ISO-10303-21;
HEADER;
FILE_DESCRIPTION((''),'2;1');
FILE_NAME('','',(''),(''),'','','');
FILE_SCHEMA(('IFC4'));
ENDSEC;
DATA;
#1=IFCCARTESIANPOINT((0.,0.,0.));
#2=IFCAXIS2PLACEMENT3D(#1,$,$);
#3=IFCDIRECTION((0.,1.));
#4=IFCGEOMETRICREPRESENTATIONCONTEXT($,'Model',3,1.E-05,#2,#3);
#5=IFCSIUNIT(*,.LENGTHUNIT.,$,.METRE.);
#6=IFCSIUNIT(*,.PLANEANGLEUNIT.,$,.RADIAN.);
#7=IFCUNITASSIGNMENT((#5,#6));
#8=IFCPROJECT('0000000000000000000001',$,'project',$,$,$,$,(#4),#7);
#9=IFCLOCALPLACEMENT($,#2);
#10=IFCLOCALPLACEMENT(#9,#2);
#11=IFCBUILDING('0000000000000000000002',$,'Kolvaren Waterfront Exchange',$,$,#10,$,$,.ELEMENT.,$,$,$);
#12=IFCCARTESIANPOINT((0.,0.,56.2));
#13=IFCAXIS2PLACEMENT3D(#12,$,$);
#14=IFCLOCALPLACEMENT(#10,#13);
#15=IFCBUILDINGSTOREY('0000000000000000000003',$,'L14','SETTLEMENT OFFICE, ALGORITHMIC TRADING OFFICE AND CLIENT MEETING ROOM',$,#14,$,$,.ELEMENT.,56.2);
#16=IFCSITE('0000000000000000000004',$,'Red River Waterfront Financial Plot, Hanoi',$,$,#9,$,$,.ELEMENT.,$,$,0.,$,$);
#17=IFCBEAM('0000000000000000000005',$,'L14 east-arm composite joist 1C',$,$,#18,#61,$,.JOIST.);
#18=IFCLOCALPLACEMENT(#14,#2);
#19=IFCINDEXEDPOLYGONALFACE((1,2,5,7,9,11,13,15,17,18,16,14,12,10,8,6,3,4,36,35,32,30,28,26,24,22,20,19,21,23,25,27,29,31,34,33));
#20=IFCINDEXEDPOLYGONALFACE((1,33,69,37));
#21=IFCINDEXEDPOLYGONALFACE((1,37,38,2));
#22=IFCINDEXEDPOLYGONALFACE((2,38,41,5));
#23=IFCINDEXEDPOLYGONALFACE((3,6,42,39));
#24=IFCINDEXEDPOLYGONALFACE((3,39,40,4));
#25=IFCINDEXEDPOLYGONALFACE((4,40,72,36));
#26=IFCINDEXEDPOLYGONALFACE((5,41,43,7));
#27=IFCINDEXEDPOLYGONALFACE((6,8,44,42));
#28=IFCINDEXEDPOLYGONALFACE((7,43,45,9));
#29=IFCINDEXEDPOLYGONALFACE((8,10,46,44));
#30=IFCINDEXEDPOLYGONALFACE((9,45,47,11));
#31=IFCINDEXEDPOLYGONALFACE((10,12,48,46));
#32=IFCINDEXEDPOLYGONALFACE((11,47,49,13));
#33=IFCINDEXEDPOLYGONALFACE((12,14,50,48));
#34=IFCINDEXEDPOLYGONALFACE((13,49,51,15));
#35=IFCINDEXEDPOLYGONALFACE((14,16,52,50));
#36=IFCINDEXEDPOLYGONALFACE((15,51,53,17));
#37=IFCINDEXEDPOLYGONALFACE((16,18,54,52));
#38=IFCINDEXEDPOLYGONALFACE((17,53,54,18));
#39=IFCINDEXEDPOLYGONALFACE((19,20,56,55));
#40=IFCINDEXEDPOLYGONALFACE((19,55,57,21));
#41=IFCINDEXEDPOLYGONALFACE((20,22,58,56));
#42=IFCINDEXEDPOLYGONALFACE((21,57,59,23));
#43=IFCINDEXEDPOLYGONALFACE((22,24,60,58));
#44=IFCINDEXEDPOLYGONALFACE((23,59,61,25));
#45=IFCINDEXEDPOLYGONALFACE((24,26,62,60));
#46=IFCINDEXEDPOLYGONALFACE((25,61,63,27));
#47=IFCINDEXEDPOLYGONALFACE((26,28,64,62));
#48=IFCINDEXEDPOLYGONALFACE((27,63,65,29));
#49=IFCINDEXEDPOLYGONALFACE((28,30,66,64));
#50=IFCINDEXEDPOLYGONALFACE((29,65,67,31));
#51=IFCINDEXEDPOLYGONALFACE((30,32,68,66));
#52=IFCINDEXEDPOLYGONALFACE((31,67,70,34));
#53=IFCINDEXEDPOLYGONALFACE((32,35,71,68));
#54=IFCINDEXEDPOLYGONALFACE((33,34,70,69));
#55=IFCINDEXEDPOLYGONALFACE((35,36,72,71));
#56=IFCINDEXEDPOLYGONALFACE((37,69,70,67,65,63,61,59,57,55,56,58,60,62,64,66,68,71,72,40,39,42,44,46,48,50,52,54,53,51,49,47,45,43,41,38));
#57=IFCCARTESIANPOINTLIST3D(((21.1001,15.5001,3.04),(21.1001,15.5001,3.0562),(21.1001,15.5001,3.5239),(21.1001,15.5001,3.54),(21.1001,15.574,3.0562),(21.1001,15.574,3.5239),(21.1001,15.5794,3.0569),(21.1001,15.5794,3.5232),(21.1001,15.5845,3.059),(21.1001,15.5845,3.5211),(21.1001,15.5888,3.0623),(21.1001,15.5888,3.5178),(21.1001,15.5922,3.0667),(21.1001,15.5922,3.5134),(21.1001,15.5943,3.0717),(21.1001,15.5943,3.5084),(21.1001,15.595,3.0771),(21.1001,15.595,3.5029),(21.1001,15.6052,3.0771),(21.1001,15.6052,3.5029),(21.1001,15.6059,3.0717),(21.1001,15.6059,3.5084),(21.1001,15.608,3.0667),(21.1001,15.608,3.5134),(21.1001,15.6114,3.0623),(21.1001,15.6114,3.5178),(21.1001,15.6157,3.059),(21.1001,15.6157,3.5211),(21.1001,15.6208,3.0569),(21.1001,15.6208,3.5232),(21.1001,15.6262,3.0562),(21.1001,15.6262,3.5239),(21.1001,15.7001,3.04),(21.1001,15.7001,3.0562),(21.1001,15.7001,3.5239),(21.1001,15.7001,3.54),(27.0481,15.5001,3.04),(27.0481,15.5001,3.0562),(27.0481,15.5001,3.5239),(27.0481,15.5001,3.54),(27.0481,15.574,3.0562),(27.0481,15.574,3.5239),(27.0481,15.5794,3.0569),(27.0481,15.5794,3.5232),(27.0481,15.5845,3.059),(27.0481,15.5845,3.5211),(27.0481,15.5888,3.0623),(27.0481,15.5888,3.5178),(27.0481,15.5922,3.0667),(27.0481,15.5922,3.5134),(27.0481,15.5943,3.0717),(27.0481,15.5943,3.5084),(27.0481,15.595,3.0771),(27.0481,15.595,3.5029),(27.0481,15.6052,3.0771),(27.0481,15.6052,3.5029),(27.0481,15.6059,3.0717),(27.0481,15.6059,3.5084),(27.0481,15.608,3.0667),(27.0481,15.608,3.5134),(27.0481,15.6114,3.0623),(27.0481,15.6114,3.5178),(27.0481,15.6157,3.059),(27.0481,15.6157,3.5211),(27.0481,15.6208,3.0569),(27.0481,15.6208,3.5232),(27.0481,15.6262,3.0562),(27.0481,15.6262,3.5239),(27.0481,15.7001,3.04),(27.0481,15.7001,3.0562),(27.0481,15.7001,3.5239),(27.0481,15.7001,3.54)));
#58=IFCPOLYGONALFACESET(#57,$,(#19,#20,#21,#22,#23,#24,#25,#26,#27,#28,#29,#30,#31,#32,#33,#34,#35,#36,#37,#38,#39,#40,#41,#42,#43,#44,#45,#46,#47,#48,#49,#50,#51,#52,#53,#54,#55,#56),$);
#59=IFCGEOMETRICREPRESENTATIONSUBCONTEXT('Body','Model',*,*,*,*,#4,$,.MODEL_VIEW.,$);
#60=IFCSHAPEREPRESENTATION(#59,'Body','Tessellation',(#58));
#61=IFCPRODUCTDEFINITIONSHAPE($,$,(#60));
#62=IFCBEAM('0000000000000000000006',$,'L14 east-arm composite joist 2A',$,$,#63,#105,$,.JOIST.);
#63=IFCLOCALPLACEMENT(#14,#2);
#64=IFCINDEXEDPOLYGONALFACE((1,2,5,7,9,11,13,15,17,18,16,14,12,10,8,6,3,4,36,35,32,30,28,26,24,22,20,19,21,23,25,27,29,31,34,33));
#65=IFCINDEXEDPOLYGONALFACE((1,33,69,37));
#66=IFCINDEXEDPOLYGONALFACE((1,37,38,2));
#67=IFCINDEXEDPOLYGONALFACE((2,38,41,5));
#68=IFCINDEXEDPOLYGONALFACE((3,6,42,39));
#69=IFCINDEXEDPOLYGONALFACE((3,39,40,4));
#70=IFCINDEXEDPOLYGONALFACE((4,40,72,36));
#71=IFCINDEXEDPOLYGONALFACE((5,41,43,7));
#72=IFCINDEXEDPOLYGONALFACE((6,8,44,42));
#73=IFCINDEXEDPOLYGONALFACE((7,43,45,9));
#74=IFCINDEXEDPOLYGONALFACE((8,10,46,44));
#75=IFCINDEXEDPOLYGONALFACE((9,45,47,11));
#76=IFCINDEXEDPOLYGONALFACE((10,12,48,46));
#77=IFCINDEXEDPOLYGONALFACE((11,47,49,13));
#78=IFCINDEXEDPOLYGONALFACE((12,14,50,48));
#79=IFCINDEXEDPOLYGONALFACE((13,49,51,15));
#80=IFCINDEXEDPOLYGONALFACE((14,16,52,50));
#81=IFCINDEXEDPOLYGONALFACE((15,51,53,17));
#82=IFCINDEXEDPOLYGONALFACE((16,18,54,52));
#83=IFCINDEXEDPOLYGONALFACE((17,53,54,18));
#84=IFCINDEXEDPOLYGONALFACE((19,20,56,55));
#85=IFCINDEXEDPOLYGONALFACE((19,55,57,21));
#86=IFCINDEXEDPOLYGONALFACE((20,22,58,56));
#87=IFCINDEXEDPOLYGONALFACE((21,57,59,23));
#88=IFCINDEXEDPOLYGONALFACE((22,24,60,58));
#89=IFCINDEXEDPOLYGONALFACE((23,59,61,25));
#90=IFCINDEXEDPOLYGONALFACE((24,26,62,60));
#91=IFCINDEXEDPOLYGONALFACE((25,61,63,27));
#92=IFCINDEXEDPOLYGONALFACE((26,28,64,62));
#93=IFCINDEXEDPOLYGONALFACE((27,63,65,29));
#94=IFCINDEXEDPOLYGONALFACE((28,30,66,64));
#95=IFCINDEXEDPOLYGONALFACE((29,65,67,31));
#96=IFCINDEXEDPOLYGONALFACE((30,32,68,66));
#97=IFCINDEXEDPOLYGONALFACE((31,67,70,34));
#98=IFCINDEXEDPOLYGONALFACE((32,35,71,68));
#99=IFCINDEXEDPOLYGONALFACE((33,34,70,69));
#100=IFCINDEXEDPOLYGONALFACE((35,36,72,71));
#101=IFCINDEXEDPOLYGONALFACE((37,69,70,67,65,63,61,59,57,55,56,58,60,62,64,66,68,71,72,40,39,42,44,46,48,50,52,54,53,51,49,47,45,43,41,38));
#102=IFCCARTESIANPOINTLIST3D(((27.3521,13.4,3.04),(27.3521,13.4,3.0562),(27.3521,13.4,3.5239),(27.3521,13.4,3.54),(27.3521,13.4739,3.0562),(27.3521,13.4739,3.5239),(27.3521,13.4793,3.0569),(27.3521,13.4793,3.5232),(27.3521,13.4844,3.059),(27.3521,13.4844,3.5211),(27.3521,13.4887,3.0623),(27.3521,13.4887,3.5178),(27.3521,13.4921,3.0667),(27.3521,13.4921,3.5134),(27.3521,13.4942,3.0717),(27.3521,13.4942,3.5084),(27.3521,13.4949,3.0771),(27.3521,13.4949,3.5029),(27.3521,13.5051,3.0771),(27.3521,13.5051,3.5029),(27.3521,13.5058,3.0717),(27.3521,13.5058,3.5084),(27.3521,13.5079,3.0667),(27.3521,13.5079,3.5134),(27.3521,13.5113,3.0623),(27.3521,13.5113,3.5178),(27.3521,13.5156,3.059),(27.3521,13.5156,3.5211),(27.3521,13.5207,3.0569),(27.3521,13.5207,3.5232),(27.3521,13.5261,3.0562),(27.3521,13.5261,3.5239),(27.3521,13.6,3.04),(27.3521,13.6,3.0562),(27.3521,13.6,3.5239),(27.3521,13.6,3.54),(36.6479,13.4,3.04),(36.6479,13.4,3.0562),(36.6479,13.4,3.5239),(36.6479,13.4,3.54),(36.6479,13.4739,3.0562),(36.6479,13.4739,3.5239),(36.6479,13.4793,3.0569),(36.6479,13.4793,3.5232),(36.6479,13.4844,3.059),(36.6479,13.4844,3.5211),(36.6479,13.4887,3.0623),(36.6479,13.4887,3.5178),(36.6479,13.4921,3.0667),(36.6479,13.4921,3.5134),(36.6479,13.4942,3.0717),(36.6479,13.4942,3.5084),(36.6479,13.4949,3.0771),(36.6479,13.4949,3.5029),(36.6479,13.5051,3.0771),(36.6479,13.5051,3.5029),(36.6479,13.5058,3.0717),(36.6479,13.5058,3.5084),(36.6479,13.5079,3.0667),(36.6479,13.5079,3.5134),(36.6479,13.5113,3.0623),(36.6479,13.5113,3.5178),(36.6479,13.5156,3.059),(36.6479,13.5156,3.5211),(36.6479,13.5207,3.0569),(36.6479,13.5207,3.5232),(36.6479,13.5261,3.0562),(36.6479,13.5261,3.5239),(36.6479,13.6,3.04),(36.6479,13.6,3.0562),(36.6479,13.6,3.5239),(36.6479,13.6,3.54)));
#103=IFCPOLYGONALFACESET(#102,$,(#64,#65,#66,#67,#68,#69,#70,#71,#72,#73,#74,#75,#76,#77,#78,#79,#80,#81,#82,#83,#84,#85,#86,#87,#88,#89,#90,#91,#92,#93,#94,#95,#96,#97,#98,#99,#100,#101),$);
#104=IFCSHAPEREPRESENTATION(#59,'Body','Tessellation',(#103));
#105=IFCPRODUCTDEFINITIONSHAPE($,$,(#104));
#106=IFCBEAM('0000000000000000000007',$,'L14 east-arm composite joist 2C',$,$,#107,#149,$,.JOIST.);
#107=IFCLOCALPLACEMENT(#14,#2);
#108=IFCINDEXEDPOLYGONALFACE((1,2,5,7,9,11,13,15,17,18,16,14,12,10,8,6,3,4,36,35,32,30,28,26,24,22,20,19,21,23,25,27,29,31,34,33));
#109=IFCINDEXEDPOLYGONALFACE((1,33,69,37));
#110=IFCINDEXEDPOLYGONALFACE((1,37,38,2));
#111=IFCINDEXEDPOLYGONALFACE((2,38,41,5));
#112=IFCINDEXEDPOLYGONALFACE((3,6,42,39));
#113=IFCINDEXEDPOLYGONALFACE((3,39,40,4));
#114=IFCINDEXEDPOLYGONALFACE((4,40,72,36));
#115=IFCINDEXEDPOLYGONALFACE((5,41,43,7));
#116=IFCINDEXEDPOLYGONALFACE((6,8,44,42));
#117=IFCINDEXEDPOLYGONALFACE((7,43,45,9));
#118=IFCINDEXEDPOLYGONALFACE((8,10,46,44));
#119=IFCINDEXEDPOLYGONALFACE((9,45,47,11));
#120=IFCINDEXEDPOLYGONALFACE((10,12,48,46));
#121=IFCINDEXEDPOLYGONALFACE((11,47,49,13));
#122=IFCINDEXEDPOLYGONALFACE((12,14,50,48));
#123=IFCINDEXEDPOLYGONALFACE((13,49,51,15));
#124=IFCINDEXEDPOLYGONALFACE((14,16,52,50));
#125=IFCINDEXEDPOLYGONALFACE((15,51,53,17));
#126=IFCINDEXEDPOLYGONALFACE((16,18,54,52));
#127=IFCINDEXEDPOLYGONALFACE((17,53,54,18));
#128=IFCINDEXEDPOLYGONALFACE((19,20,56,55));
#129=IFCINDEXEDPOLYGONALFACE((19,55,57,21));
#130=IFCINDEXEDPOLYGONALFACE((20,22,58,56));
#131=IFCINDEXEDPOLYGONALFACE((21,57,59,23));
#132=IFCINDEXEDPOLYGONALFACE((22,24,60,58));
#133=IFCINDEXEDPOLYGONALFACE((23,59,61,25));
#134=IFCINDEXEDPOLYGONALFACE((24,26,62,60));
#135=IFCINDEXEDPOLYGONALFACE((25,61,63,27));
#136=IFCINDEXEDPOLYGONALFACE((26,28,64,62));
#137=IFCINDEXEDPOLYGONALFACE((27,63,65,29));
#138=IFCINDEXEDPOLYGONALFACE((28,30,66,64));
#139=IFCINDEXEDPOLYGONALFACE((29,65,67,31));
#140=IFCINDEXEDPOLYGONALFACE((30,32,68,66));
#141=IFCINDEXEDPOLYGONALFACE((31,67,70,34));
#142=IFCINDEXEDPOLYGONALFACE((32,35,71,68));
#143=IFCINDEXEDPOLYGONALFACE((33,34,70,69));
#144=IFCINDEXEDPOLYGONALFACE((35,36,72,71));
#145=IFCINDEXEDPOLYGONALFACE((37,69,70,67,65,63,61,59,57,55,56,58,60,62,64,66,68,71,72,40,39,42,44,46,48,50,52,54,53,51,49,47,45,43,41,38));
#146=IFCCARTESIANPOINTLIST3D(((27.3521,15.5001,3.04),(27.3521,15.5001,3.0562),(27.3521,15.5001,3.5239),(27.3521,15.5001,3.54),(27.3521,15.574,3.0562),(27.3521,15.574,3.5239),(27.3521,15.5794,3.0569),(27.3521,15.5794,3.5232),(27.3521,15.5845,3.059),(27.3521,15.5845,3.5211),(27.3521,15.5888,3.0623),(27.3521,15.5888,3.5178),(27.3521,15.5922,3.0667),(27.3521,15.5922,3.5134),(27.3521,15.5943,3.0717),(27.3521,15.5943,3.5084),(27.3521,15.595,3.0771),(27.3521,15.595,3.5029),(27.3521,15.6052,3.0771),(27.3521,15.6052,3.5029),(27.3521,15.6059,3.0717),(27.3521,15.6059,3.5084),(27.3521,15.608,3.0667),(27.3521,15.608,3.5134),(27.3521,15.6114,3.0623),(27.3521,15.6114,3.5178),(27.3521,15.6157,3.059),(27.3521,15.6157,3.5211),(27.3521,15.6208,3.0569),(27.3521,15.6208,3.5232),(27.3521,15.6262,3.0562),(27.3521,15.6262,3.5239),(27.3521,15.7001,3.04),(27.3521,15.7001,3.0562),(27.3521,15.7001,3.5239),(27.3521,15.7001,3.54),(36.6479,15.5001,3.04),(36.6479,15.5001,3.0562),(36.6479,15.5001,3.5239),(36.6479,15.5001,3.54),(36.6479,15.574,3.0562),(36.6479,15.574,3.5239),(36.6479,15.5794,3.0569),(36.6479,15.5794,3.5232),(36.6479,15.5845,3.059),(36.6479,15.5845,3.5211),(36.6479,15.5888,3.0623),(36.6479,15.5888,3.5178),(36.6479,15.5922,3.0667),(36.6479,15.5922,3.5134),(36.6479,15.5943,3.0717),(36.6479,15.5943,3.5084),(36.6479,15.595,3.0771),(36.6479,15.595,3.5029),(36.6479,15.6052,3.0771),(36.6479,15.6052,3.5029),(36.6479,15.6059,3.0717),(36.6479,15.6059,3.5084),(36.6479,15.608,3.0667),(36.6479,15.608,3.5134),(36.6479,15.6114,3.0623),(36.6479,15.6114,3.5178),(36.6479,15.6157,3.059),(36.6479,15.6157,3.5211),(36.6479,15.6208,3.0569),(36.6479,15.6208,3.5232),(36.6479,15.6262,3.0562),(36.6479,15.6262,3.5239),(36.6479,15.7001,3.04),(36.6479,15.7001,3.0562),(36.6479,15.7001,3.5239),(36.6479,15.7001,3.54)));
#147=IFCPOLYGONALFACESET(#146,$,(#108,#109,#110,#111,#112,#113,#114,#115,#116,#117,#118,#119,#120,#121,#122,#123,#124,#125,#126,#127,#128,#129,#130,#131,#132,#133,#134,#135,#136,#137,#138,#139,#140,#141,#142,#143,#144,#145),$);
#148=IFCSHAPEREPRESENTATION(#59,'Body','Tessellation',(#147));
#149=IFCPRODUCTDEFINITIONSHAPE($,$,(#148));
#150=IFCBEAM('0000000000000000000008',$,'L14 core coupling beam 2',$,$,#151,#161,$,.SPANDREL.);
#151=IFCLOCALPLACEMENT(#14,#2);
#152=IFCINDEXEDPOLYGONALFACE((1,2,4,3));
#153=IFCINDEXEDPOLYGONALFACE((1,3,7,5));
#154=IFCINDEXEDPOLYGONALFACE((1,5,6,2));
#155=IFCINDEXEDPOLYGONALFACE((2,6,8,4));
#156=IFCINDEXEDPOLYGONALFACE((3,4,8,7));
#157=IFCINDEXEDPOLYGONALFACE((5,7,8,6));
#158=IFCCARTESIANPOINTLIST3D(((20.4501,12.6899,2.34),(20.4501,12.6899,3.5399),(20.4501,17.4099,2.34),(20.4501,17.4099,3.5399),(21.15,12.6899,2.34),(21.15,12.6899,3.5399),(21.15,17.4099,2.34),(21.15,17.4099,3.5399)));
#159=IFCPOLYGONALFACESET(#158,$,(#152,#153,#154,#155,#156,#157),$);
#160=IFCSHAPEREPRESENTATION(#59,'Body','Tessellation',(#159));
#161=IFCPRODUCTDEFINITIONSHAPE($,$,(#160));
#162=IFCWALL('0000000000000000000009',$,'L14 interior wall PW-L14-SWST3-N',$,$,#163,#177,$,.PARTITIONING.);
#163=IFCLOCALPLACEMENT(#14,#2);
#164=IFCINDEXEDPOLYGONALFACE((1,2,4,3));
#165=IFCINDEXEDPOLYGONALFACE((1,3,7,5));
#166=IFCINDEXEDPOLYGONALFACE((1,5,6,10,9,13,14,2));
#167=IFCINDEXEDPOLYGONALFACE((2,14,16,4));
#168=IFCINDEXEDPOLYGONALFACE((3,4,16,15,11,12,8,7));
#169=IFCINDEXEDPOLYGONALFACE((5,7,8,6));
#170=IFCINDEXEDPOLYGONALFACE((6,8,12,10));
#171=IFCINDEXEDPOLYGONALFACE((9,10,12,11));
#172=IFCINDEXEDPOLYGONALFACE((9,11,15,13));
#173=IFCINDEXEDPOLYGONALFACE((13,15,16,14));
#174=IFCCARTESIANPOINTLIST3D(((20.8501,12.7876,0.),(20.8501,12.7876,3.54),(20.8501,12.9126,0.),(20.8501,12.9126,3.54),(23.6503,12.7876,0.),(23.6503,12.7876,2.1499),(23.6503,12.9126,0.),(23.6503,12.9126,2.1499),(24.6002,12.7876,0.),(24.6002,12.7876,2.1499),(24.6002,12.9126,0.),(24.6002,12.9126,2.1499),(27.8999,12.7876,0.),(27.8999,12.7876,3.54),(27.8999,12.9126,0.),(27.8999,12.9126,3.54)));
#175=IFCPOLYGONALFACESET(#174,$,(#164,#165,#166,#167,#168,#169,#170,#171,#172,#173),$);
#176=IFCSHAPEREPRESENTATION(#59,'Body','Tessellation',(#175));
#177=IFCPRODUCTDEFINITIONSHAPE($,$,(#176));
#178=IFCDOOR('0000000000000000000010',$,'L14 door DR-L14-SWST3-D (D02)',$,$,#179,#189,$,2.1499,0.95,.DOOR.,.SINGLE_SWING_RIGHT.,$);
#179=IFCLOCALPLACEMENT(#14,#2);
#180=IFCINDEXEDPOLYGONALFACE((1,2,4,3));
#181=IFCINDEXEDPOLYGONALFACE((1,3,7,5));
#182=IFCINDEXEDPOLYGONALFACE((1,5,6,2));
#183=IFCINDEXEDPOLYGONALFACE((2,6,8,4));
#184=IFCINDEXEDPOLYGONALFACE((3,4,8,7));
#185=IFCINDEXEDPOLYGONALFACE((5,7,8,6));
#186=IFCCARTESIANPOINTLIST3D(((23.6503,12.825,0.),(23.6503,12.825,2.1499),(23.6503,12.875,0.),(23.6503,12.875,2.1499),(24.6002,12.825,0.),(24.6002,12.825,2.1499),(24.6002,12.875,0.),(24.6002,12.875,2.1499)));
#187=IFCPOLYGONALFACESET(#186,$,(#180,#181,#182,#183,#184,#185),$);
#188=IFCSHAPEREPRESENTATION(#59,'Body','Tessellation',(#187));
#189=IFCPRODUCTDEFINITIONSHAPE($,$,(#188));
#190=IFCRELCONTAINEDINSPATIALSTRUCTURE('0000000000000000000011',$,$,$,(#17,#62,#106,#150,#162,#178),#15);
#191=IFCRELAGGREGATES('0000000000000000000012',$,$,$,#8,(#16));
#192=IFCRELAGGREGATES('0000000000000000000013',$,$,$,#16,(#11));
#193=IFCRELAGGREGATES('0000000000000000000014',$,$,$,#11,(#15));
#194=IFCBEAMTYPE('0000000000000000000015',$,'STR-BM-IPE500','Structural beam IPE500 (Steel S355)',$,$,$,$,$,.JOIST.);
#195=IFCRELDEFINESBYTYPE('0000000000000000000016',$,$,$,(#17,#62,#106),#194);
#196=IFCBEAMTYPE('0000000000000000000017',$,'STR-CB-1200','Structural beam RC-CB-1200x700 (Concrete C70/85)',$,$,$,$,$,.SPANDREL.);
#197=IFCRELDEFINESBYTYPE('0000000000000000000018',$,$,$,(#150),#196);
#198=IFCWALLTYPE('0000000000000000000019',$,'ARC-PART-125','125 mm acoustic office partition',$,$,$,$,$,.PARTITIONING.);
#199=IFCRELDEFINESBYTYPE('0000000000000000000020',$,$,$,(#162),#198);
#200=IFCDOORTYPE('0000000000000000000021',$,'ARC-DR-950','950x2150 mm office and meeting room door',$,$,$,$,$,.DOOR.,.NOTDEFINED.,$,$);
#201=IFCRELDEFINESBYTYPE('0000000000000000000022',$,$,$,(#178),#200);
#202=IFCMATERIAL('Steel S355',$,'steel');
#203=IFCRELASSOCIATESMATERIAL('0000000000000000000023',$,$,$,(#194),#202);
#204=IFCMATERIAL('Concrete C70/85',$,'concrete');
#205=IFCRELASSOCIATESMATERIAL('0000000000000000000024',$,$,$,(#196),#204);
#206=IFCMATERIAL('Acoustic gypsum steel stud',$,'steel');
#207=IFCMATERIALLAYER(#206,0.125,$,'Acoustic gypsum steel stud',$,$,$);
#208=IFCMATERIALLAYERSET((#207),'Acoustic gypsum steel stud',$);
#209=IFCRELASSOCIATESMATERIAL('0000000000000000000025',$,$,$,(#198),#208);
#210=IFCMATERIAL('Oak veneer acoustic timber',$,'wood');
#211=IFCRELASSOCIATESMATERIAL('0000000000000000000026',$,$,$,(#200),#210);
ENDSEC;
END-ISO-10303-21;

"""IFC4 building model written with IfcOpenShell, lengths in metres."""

from ifc_helpers import new_model, si_unit, direction, frame, frame_2d, origin, origin_2d, place, context, subcontext, project, spatial, rectangle, i_section, extrude, material, layer, layer_set, material_profile, profile_set, type_object, element, fill, save


model = new_model("IFC4")

# Units and contexts
model_context = context("Model", 3, precision=1e-05, world=origin(), true_north=direction((0.0, 1.0)))
body_context = subcontext(model_context, "Body", "Model", "MODEL_VIEW")
ifc_project = project(units=[si_unit("LENGTHUNIT", "METRE"), si_unit("PLANEANGLEUNIT", "RADIAN")], contexts=[model_context])

# Site, building, storey
site_placement = place(None, origin())
site = spatial("IfcSite", under=ifc_project, at=site_placement, Name="Red River Waterfront Financial Plot, Hanoi", CompositionType="ELEMENT", RefElevation=0.0)
building_placement = place(site_placement, origin())
building = spatial("IfcBuilding", under=site, at=building_placement, Name="Kolvaren Waterfront Exchange", CompositionType="ELEMENT")
storey_placement = place(building_placement, frame((0.0, 0.0, 56.2)))
storey = spatial("IfcBuildingStorey", under=building, at=storey_placement, Name="L14", Description="SETTLEMENT OFFICE, ALGORITHMIC TRADING OFFICE AND CLIENT MEETING ROOM", CompositionType="ELEMENT", Elevation=56.2)

# Shared definitions
ifc_material_1 = material(Name="Concrete C70/85", Category="concrete")

# Beams
ifc_material_2 = material(Name="Steel S355", Category="steel")
ifc_material_profile_1 = material_profile(ifc_material_2, i_section(OverallWidth=0.2, OverallDepth=0.5, WebThickness=0.0103, FlangeThickness=0.0161, FilletRadius=0.021, at=origin_2d()), Name="IPE500")
ifc_profile_set_1 = profile_set([ifc_material_profile_1], Name="Steel S355")
beam_type_1 = type_object("IfcBeamType", Name="STR-BM-IPE500", Description="Structural beam IPE500 (Steel S355)", PredefinedType="JOIST", material=ifc_profile_set_1)
for number, where, z_axis, x_axis, name in (
    (1, (21.1001, 15.6001, 3.29), (1.0, 0.0, 0.0), (0.0, 1.0, 0.0), "L14 east-arm composite joist 1C"),
):
    element("IfcBeam", number, at=place(storey_placement, frame(where, z_axis=z_axis, x_axis=x_axis)), inside=storey, type_object=beam_type_1, Name=name, PredefinedType="JOIST", context=body_context, shape_type="SweptSolid", body=[
        extrude(i_section(OverallWidth=0.2, OverallDepth=0.5, WebThickness=0.0103, FlangeThickness=0.0161, FilletRadius=0.021, at=origin_2d()), origin(), (0.0, 0.0, 1.0), 5.948),
    ])
for number, where, z_axis, x_axis, name in (
    (2, (27.3521, 13.5, 3.29), (1.0, 0.0, 0.0), (0.0, 1.0, 0.0), "L14 east-arm composite joist 2A"),
    (3, (27.3521, 15.6001, 3.29), (1.0, 0.0, 0.0), (0.0, 1.0, 0.0), "L14 east-arm composite joist 2C"),
):
    element("IfcBeam", number, at=place(storey_placement, frame(where, z_axis=z_axis, x_axis=x_axis)), inside=storey, type_object=beam_type_1, Name=name, PredefinedType="JOIST", context=body_context, shape_type="SweptSolid", body=[
        extrude(i_section(OverallWidth=0.2, OverallDepth=0.5, WebThickness=0.0103, FlangeThickness=0.0161, FilletRadius=0.021, at=origin_2d()), origin(), (0.0, 0.0, 1.0), 9.2959),
    ])
ifc_material_profile_2 = material_profile(ifc_material_1, rectangle(XDim=0.7, YDim=1.2, at=origin_2d()), Name="RC-CB-1200x700")
ifc_profile_set_2 = profile_set([ifc_material_profile_2], Name="Concrete C70/85")
beam_type_2 = type_object("IfcBeamType", Name="STR-CB-1200", Description="Structural beam RC-CB-1200x700 (Concrete C70/85)", PredefinedType="SPANDREL", material=ifc_profile_set_2)
beam_1_placement = place(storey_placement, frame((20.8, 12.6899, 2.9399), z_axis=(0.0, 1.0, 0.0), x_axis=(-1.0, 0.0, 0.0)))
element("IfcBeam", 4, at=beam_1_placement, inside=storey, type_object=beam_type_2, Name="L14 core coupling beam 2", PredefinedType="SPANDREL", context=body_context, shape_type="SweptSolid", body=[
    extrude(rectangle(XDim=0.7, YDim=1.2, at=origin_2d()), origin(), (0.0, 0.0, 1.0), 4.72),
])

# Wall, opening, door
ifc_material_3 = material(Name="Acoustic gypsum steel stud", Category="steel")
ifc_layer_1 = layer(ifc_material_3, 0.125, Name="Acoustic gypsum steel stud")
ifc_layer_set_1 = layer_set([ifc_layer_1], Name="Acoustic gypsum steel stud")
wall_type_1 = type_object("IfcWallType", Name="ARC-PART-125", Description="125 mm acoustic office partition", PredefinedType="PARTITIONING", material=ifc_layer_set_1)
wall_1_placement = place(storey_placement, frame((20.8501, 12.8501, 0.0), z_axis=(0.0, 0.0, 1.0), x_axis=(1.0, 0.0, 0.0)))
wall_1 = element("IfcWall", 5, at=wall_1_placement, inside=storey, type_object=wall_type_1, Name="L14 interior wall PW-L14-SWST3-N", PredefinedType="PARTITIONING", context=body_context, shape_type="SweptSolid", body=[
    extrude(rectangle(XDim=7.0498, YDim=0.125, at=frame_2d((3.5249, 0.0))), origin(), (0.0, 0.0, 1.0), 3.54),
])
opening_1_placement = place(wall_1_placement, frame((2.8, 0.0, 0.0)))
opening_1 = element("IfcOpeningElement", 6, at=opening_1_placement, cuts=wall_1, PredefinedType="OPENING", context=body_context, shape_type="SweptSolid", body=[
    extrude(rectangle(XDim=0.95, YDim=2.1499, at=frame_2d((0.4751, 1.075))), frame((0.0, 0.0725, 0.0), z_axis=(0.0, -1.0, 0.0), x_axis=(1.0, 0.0, 0.0)), (0.0, 0.0, 1.0), 0.145),
])
ifc_material_4 = material(Name="Oak veneer acoustic timber", Category="wood")
door_type_1 = type_object("IfcDoorType", Name="ARC-DR-950", Description="950x2150 mm office and meeting room door", OperationType="NOTDEFINED", PredefinedType="DOOR", material=ifc_material_4)
door_1_placement = place(opening_1_placement, origin())
door_1 = element("IfcDoor", 7, at=door_1_placement, inside=storey, type_object=door_type_1, Name="L14 door DR-L14-SWST3-D (D02)", OperationType="SINGLE_SWING_RIGHT", OverallHeight=2.1499, OverallWidth=0.95, PredefinedType="DOOR", context=body_context, shape_type="SweptSolid", body=[
    extrude(rectangle(XDim=0.95, YDim=2.1499, at=frame_2d((0.4751, 1.075))), frame((0.0, 0.0249, 0.0), z_axis=(0.0, -1.0, 0.0), x_axis=(1.0, 0.0, 0.0)), (0.0, 0.0, 1.0), 0.05),
])
fill(opening_1, door_1)

save(model, "model.ifc")
